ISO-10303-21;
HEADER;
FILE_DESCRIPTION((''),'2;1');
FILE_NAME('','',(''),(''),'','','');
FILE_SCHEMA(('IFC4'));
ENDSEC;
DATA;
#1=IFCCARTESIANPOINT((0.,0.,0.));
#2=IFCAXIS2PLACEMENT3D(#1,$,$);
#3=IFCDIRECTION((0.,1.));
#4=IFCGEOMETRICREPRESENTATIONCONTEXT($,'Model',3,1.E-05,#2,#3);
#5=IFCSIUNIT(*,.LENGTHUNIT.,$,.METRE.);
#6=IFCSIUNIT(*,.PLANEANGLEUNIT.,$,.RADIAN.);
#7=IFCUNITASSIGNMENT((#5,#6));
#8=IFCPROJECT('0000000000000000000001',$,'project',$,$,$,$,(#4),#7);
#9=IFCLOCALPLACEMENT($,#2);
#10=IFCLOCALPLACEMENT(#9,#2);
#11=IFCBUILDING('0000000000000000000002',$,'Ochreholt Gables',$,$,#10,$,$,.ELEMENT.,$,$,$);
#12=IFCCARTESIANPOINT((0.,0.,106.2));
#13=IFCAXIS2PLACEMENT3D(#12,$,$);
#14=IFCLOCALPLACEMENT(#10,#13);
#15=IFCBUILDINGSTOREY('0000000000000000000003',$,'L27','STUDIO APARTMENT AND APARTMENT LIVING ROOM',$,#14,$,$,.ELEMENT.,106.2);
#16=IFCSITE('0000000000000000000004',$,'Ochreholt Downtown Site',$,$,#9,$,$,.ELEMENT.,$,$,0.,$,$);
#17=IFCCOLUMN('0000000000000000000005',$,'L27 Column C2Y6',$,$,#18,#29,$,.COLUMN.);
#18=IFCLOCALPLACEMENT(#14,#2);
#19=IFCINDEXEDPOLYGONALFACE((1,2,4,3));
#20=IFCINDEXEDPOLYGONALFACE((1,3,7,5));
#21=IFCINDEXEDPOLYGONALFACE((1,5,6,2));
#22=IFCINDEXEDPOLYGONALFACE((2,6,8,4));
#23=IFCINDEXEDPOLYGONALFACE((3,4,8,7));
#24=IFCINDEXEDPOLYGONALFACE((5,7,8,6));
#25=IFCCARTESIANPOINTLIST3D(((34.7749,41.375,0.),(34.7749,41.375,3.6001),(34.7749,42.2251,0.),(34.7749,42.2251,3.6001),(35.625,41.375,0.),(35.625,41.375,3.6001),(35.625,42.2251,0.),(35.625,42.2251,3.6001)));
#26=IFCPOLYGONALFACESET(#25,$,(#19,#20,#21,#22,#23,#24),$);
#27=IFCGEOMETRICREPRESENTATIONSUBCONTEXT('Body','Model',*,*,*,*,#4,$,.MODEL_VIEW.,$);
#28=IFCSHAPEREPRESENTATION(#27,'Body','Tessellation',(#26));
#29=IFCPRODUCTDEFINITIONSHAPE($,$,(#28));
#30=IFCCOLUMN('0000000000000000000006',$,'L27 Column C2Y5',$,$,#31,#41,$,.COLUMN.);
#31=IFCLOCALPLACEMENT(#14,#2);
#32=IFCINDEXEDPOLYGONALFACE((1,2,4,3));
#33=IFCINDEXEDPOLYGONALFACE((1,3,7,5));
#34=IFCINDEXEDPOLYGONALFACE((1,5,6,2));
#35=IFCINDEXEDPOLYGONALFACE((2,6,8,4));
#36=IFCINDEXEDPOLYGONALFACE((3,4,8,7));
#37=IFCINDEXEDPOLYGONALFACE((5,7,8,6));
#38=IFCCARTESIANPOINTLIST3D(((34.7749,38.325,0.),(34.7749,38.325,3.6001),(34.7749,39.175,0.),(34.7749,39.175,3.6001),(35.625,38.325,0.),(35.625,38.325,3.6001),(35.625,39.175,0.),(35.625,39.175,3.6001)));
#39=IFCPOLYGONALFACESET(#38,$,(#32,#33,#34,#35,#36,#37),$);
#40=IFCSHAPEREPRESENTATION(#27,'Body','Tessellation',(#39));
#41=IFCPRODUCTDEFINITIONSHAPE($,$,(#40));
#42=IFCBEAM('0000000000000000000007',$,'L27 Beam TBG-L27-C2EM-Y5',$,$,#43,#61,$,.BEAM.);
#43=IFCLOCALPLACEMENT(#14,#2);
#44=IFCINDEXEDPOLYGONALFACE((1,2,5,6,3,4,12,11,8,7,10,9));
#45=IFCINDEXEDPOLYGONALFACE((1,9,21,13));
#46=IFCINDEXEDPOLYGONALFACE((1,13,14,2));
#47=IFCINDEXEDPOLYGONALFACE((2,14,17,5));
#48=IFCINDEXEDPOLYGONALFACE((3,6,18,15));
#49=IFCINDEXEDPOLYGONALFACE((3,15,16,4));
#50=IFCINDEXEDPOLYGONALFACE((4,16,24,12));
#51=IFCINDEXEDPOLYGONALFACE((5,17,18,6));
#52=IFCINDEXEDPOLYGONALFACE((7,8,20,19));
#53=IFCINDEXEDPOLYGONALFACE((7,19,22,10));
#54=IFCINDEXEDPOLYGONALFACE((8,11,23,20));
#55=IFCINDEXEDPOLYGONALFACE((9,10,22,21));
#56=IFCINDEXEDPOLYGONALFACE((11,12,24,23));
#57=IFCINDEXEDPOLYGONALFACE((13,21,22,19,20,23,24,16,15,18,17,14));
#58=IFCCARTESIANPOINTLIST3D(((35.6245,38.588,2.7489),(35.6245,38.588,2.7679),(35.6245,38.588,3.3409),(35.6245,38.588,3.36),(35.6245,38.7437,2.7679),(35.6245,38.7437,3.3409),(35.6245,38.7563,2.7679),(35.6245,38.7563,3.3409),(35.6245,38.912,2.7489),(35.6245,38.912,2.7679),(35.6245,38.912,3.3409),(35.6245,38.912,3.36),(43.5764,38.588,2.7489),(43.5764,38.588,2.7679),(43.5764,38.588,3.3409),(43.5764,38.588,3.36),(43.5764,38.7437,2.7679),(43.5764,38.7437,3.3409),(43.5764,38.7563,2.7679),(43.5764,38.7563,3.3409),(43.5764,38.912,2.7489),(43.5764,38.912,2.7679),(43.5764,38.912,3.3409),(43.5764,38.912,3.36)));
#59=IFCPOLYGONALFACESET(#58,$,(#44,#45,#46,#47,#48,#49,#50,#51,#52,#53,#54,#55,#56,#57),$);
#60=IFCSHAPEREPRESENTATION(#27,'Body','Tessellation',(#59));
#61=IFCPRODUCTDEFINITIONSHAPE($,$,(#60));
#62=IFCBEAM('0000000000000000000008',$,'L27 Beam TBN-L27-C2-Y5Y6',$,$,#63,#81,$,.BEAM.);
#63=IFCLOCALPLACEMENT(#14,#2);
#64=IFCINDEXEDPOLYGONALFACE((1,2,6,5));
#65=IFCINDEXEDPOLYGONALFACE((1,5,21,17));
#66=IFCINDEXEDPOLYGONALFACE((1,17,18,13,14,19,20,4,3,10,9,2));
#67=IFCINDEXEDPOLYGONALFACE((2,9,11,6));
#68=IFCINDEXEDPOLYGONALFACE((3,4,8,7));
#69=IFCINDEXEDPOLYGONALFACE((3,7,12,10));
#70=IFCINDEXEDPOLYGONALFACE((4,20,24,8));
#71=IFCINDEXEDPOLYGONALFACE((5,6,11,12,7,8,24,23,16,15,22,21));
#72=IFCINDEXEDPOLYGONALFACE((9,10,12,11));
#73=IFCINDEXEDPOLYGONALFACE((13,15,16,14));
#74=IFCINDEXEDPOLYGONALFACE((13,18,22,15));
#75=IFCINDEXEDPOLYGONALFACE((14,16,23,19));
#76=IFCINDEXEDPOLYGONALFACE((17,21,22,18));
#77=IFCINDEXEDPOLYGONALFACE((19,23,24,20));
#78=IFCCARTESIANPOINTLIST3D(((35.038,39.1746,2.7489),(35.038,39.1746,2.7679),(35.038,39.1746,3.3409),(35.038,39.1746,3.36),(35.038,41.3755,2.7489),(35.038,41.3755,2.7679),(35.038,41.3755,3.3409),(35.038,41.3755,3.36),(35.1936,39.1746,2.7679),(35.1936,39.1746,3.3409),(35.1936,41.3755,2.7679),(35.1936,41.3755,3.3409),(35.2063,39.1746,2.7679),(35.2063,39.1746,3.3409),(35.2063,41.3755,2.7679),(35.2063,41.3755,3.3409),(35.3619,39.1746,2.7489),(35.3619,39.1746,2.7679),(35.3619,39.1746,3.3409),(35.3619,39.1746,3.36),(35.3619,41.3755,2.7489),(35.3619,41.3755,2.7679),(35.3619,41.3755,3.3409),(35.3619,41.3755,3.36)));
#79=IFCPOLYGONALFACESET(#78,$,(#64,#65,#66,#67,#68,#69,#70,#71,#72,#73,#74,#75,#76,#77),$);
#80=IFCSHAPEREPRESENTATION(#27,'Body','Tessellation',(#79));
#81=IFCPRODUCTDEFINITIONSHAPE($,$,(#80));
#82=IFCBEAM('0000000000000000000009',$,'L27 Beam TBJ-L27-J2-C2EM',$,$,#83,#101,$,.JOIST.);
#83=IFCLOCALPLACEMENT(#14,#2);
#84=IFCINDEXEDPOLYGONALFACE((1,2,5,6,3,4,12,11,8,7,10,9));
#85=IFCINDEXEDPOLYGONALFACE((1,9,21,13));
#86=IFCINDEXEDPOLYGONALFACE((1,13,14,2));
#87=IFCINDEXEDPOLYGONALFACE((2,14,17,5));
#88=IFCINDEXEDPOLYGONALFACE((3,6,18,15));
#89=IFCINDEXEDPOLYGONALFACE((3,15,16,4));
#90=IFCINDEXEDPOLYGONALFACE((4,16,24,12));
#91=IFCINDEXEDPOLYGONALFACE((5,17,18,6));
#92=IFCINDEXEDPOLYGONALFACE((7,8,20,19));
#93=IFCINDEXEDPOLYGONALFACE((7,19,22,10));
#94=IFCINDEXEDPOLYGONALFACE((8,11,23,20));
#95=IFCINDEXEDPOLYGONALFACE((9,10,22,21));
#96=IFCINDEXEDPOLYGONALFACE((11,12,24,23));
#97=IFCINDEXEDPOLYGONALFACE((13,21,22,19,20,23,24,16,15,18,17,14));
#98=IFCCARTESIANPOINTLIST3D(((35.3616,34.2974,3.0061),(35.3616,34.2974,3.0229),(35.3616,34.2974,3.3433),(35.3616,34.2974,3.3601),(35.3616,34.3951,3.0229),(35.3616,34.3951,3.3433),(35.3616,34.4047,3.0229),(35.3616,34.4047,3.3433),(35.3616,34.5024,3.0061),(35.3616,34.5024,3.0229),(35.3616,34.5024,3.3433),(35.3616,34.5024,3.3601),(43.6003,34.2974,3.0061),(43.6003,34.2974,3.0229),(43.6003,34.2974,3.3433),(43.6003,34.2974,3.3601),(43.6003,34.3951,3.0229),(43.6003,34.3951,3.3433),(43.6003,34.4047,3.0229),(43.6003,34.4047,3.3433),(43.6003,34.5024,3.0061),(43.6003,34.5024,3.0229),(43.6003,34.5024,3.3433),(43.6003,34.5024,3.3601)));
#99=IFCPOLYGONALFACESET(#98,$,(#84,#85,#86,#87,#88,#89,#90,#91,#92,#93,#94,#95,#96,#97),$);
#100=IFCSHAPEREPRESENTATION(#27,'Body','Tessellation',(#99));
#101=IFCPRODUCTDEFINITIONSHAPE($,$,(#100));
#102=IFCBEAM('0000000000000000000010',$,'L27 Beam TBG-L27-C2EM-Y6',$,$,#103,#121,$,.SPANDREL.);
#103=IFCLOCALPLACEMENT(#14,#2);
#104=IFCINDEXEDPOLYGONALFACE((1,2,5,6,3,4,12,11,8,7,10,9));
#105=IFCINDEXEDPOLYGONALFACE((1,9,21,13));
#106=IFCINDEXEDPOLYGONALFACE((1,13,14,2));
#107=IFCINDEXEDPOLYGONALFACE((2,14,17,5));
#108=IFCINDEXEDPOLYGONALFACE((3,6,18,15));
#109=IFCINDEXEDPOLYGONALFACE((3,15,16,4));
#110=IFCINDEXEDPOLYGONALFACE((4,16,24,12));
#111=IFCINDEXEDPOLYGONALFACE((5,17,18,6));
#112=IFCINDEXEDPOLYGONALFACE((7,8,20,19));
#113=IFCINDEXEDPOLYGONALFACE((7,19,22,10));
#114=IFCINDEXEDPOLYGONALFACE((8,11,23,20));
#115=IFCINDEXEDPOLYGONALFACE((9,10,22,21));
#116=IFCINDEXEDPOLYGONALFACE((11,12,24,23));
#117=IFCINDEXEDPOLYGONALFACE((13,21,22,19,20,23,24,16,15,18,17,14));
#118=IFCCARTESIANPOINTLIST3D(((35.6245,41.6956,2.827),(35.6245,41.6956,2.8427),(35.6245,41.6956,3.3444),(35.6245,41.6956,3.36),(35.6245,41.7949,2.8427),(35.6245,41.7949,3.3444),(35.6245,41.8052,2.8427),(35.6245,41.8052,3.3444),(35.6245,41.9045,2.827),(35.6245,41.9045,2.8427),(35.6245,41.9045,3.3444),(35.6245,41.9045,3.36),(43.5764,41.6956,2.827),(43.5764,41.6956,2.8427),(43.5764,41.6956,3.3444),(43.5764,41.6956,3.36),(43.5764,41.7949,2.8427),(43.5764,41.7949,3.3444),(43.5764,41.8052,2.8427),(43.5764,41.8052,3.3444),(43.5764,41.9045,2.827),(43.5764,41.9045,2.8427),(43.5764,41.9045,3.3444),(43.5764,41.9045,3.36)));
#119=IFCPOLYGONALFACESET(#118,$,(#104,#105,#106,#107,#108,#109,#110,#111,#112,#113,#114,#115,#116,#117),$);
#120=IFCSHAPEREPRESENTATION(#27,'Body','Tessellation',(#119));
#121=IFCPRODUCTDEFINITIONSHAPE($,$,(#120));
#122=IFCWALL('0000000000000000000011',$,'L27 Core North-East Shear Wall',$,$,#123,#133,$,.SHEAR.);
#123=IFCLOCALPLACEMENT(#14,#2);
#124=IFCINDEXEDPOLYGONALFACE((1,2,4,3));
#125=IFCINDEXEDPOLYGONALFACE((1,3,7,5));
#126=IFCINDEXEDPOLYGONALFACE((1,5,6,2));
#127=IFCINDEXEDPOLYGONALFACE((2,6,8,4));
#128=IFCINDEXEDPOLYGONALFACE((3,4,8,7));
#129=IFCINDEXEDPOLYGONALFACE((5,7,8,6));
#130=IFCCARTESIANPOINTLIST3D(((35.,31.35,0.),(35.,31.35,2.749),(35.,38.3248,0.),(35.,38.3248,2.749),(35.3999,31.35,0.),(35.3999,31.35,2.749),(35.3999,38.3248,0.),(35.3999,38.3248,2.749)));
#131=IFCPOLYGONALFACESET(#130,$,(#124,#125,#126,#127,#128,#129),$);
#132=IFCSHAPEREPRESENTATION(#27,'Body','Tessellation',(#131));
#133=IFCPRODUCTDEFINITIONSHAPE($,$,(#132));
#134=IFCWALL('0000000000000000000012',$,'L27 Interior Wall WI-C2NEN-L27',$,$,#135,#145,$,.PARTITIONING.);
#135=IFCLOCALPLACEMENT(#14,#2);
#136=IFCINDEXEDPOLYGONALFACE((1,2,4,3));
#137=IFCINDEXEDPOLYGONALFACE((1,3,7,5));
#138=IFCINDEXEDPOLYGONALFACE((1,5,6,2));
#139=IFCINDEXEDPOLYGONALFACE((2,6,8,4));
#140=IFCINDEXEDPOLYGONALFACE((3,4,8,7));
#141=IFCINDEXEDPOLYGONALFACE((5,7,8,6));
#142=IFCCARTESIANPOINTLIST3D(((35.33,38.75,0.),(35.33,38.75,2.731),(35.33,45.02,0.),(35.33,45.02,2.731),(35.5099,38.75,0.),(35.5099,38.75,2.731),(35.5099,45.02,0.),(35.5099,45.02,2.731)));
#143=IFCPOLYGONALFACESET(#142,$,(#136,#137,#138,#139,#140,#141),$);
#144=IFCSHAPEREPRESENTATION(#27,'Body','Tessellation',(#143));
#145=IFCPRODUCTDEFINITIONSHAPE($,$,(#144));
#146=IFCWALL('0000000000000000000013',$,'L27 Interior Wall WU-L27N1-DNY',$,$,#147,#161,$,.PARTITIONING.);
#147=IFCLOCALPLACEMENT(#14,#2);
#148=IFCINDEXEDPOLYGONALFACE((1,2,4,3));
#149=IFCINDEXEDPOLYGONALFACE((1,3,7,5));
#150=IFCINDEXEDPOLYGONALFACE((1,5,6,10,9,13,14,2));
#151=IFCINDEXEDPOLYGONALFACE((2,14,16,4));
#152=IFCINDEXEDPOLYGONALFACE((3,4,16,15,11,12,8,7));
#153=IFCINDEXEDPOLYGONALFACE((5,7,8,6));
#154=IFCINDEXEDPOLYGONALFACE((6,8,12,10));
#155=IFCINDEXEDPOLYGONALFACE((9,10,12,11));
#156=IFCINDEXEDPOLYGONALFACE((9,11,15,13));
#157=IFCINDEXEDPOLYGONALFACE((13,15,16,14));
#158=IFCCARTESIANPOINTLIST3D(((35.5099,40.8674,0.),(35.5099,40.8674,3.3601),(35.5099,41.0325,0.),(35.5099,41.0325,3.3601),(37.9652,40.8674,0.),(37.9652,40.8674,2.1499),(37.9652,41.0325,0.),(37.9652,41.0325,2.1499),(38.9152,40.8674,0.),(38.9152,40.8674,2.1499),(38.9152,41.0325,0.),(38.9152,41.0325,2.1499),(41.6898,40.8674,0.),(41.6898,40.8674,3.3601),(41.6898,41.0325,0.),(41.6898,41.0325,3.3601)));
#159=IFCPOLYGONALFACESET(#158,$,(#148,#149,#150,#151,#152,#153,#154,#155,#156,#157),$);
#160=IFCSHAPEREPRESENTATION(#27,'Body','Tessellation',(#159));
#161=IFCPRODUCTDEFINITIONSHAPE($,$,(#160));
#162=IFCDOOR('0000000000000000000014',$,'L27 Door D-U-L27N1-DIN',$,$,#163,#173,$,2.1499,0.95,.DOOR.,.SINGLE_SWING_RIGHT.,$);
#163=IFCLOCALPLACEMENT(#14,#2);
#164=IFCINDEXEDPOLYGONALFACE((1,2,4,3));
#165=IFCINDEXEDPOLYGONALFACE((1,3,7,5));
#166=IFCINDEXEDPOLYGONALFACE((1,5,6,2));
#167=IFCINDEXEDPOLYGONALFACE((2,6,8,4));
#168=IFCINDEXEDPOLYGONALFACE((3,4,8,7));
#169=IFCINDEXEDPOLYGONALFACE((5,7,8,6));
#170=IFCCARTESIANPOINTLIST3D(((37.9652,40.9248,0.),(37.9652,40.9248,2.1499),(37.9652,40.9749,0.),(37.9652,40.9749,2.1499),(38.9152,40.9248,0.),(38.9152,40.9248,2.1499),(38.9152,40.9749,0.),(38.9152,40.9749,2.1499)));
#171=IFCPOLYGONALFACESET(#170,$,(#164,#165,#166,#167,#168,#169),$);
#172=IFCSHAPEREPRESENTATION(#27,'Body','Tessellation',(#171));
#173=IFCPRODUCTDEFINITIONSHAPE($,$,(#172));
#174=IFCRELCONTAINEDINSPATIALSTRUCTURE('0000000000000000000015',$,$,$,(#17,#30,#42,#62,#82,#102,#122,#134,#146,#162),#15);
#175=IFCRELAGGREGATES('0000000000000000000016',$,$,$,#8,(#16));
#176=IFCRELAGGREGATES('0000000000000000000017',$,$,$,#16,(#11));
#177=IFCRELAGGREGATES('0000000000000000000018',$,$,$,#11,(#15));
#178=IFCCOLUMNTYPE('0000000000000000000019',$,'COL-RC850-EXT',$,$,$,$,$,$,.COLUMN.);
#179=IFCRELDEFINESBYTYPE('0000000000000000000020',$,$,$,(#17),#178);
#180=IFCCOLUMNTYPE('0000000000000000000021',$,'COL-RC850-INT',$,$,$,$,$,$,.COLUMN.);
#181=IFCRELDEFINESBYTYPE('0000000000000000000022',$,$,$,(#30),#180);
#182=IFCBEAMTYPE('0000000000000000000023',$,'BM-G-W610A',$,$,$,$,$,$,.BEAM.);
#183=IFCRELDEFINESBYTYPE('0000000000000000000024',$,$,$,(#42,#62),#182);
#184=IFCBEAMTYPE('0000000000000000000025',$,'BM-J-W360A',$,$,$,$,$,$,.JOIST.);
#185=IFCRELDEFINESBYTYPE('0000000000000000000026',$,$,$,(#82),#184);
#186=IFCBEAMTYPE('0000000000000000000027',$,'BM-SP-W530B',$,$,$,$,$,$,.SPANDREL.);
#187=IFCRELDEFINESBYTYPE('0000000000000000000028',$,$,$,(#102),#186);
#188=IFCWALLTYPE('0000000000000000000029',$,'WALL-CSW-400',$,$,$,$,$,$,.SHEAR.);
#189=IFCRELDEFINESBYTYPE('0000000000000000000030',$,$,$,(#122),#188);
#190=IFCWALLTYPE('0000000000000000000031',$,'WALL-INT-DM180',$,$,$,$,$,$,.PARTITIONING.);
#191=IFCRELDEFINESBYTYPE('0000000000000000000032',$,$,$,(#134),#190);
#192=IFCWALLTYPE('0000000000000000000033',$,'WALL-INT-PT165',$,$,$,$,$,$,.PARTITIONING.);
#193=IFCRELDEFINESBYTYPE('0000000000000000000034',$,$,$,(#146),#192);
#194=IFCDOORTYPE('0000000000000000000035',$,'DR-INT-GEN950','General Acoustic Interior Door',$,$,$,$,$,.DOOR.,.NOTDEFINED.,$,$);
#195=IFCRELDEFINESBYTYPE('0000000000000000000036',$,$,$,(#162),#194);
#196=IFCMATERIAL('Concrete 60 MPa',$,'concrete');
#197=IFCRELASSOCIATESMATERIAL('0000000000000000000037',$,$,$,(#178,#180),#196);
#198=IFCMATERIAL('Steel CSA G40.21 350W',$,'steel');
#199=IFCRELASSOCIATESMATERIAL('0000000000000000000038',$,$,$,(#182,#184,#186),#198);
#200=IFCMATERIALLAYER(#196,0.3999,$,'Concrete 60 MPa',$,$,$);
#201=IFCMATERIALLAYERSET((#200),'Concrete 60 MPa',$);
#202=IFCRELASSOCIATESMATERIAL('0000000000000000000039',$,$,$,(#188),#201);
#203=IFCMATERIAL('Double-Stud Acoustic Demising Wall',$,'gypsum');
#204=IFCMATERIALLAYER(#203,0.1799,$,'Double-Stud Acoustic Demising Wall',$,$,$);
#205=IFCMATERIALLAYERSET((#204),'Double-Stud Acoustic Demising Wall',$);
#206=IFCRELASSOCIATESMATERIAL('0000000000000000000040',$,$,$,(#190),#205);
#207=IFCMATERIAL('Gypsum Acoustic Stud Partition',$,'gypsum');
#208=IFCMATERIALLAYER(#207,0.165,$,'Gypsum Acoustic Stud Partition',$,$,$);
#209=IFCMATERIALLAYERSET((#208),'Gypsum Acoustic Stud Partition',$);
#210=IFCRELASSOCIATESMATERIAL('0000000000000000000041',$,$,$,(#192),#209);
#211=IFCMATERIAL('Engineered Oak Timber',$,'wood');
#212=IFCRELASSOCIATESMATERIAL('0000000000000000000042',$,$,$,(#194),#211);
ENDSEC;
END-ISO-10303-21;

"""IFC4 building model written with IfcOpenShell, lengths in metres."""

from ifc_helpers import new_model, si_unit, direction, frame, frame_2d, origin, origin_2d, place, context, subcontext, project, spatial, rectangle, i_section, extrude, material, layer, layer_set, material_profile, profile_set, type_object, element, fill, save


model = new_model("IFC4")

# Units and contexts
model_context = context("Model", 3, precision=1e-05, world=origin(), true_north=direction((0.0, 1.0)))
body_context = subcontext(model_context, "Body", "Model", "MODEL_VIEW")
ifc_project = project(units=[si_unit("LENGTHUNIT", "METRE"), si_unit("PLANEANGLEUNIT", "RADIAN")], contexts=[model_context])

# Site, building, storey
site_placement = place(None, origin())
site = spatial("IfcSite", under=ifc_project, at=site_placement, Name="Ochreholt Downtown Site", CompositionType="ELEMENT", RefElevation=0.0)
building_placement = place(site_placement, origin())
building = spatial("IfcBuilding", under=site, at=building_placement, Name="Ochreholt Gables", CompositionType="ELEMENT")
storey_placement = place(building_placement, frame((0.0, 0.0, 106.2)))
storey = spatial("IfcBuildingStorey", under=building, at=storey_placement, Name="L27", Description="STUDIO APARTMENT AND APARTMENT LIVING ROOM", CompositionType="ELEMENT", Elevation=106.2)

# Columns
ifc_material_1 = material(Name="Concrete 60 MPa", Category="concrete")
ifc_material_profile_1 = material_profile(ifc_material_1, rectangle(XDim=0.8501, YDim=0.8501, at=origin_2d()), Name="RC850X850")
ifc_profile_set_1 = profile_set([ifc_material_profile_1], Name="Concrete 60 MPa")
column_type_1 = type_object("IfcColumnType", Name="COL-RC850-EXT", PredefinedType="COLUMN", material=ifc_profile_set_1)
column_1_placement = place(storey_placement, frame((35.2, 41.8, 0.0), z_axis=(0.0, 0.0, 1.0), x_axis=(1.0, 0.0, 0.0)))
element("IfcColumn", 1, at=column_1_placement, inside=storey, type_object=column_type_1, Name="L27 Column C2Y6", PredefinedType="COLUMN", context=body_context, shape_type="SweptSolid", body=[
    extrude(rectangle(XDim=0.8501, YDim=0.8501, at=origin_2d()), origin(), (0.0, 0.0, 1.0), 3.6001),
])
ifc_material_profile_2 = material_profile(ifc_material_1, rectangle(XDim=0.8501, YDim=0.8501, at=origin_2d()), Name="RC850X850")
ifc_profile_set_2 = profile_set([ifc_material_profile_2], Name="Concrete 60 MPa")
column_type_2 = type_object("IfcColumnType", Name="COL-RC850-INT", PredefinedType="COLUMN", material=ifc_profile_set_2)
column_2_placement = place(storey_placement, frame((35.2, 38.75, 0.0), z_axis=(0.0, 0.0, 1.0), x_axis=(1.0, 0.0, 0.0)))
element("IfcColumn", 2, at=column_2_placement, inside=storey, type_object=column_type_2, Name="L27 Column C2Y5", PredefinedType="COLUMN", context=body_context, shape_type="SweptSolid", body=[
    extrude(rectangle(XDim=0.8501, YDim=0.8501, at=origin_2d()), origin(), (0.0, 0.0, 1.0), 3.6001),
])

# Beams
ifc_material_2 = material(Name="Steel CSA G40.21 350W", Category="steel")
ifc_material_profile_3 = material_profile(ifc_material_2, i_section(OverallWidth=0.324, OverallDepth=0.6111, WebThickness=0.0127, FlangeThickness=0.019, at=origin_2d()), Name="W610X155")
ifc_profile_set_3 = profile_set([ifc_material_profile_3], Name="Steel CSA G40.21 350W")
beam_type_1 = type_object("IfcBeamType", Name="BM-G-W610A", PredefinedType="BEAM", material=ifc_profile_set_3)
beam_1_placement = place(storey_placement, frame((35.6245, 38.75, 3.0544), z_axis=(1.0, 0.0, 0.0), x_axis=(0.0, 1.0, 0.0)))
element("IfcBeam", 3, at=beam_1_placement, inside=storey, type_object=beam_type_1, Name="L27 Beam TBG-L27-C2EM-Y5", PredefinedType="BEAM", context=body_context, shape_type="SweptSolid", body=[
    extrude(i_section(OverallWidth=0.324, OverallDepth=0.6111, WebThickness=0.0127, FlangeThickness=0.019, at=origin_2d()), origin(), (0.0, 0.0, 1.0), 7.9519),
])
beam_2_placement = place(storey_placement, frame((35.2, 39.1746, 3.0544), z_axis=(0.0, 1.0, 0.0), x_axis=(-1.0, 0.0, 0.0)))
element("IfcBeam", 4, at=beam_2_placement, inside=storey, type_object=beam_type_1, Name="L27 Beam TBN-L27-C2-Y5Y6", PredefinedType="BEAM", context=body_context, shape_type="SweptSolid", body=[
    extrude(i_section(OverallWidth=0.324, OverallDepth=0.6111, WebThickness=0.0127, FlangeThickness=0.019, at=origin_2d()), origin(), (0.0, 0.0, 1.0), 2.2009),
])
ifc_material_profile_4 = material_profile(ifc_material_2, i_section(OverallWidth=0.2051, OverallDepth=0.354, WebThickness=0.0095, FlangeThickness=0.0168, at=origin_2d()), Name="W360X79")
ifc_profile_set_4 = profile_set([ifc_material_profile_4], Name="Steel CSA G40.21 350W")
beam_type_2 = type_object("IfcBeamType", Name="BM-J-W360A", PredefinedType="JOIST", material=ifc_profile_set_4)
beam_3_placement = place(storey_placement, frame((35.3616, 34.3999, 3.1831), z_axis=(1.0, 0.0, 0.0), x_axis=(0.0, 1.0, 0.0)))
element("IfcBeam", 5, at=beam_3_placement, inside=storey, type_object=beam_type_2, Name="L27 Beam TBJ-L27-J2-C2EM", PredefinedType="JOIST", context=body_context, shape_type="SweptSolid", body=[
    extrude(i_section(OverallWidth=0.2051, OverallDepth=0.354, WebThickness=0.0095, FlangeThickness=0.0168, at=origin_2d()), origin(), (0.0, 0.0, 1.0), 8.2388),
])
ifc_material_profile_5 = material_profile(ifc_material_2, i_section(OverallWidth=0.209, OverallDepth=0.533, WebThickness=0.0103, FlangeThickness=0.0156, at=origin_2d()), Name="W530X92")
ifc_profile_set_5 = profile_set([ifc_material_profile_5], Name="Steel CSA G40.21 350W")
beam_type_3 = type_object("IfcBeamType", Name="BM-SP-W530B", PredefinedType="SPANDREL", material=ifc_profile_set_5)
beam_4_placement = place(storey_placement, frame((35.6245, 41.8, 3.0935), z_axis=(1.0, 0.0, 0.0), x_axis=(0.0, 1.0, 0.0)))
element("IfcBeam", 6, at=beam_4_placement, inside=storey, type_object=beam_type_3, Name="L27 Beam TBG-L27-C2EM-Y6", PredefinedType="SPANDREL", context=body_context, shape_type="SweptSolid", body=[
    extrude(i_section(OverallWidth=0.209, OverallDepth=0.533, WebThickness=0.0103, FlangeThickness=0.0156, at=origin_2d()), origin(), (0.0, 0.0, 1.0), 7.9519),
])

# Walls
ifc_layer_1 = layer(ifc_material_1, 0.3999, Name="Concrete 60 MPa")
ifc_layer_set_1 = layer_set([ifc_layer_1], Name="Concrete 60 MPa")
wall_type_1 = type_object("IfcWallType", Name="WALL-CSW-400", PredefinedType="SHEAR", material=ifc_layer_set_1)
wall_1_placement = place(storey_placement, frame((35.2, 31.3501, 0.0), z_axis=(0.0, 0.0, 1.0), x_axis=(0.0, 1.0, 0.0)))
element("IfcWall", 7, at=wall_1_placement, inside=storey, type_object=wall_type_1, Name="L27 Core North-East Shear Wall", PredefinedType="SHEAR", context=body_context, shape_type="SweptSolid", body=[
    extrude(rectangle(XDim=6.9749, YDim=0.3999, at=frame_2d((3.4873, 0.0))), origin(), (0.0, 0.0, 1.0), 2.749),
])
ifc_material_3 = material(Name="Double-Stud Acoustic Demising Wall", Category="gypsum")
ifc_layer_2 = layer(ifc_material_3, 0.1799, Name="Double-Stud Acoustic Demising Wall")
ifc_layer_set_2 = layer_set([ifc_layer_2], Name="Double-Stud Acoustic Demising Wall")
wall_type_2 = type_object("IfcWallType", Name="WALL-INT-DM180", PredefinedType="PARTITIONING", material=ifc_layer_set_2)
wall_2_placement = place(storey_placement, frame((35.4199, 38.75, 0.0), z_axis=(0.0, 0.0, 1.0), x_axis=(0.0, 1.0, 0.0)))
element("IfcWall", 8, at=wall_2_placement, inside=storey, type_object=wall_type_2, Name="L27 Interior Wall WI-C2NEN-L27", PredefinedType="PARTITIONING", context=body_context, shape_type="SweptSolid", body=[
    extrude(rectangle(XDim=6.27, YDim=0.1799, at=frame_2d((3.135, 0.0))), origin(), (0.0, 0.0, 1.0), 2.731),
])

# Shared definitions
ifc_material_4 = material(Name="Engineered Oak Timber", Category="wood")

# Wall, opening, door
ifc_material_5 = material(Name="Gypsum Acoustic Stud Partition", Category="gypsum")
ifc_layer_3 = layer(ifc_material_5, 0.165, Name="Gypsum Acoustic Stud Partition")
ifc_layer_set_3 = layer_set([ifc_layer_3], Name="Gypsum Acoustic Stud Partition")
wall_type_3 = type_object("IfcWallType", Name="WALL-INT-PT165", PredefinedType="PARTITIONING", material=ifc_layer_set_3)
wall_3_placement = place(storey_placement, frame((35.51, 40.95, 0.0), z_axis=(0.0, 0.0, 1.0), x_axis=(1.0, 0.0, 0.0)))
wall_3 = element("IfcWall", 9, at=wall_3_placement, inside=storey, type_object=wall_type_3, Name="L27 Interior Wall WU-L27N1-DNY", PredefinedType="PARTITIONING", context=body_context, shape_type="SweptSolid", body=[
    extrude(rectangle(XDim=6.1799, YDim=0.165, at=frame_2d((3.0898, 0.0))), origin(), (0.0, 0.0, 1.0), 3.3601),
])
opening_1_placement = place(wall_3_placement, frame((2.4551, 0.0, 0.0)))
opening_1 = element("IfcOpeningElement", 10, at=opening_1_placement, cuts=wall_3, PredefinedType="OPENING", context=body_context, shape_type="SweptSolid", body=[
    extrude(rectangle(XDim=0.95, YDim=2.1499, at=frame_2d((0.4751, 1.075))), frame((0.0, 0.0925, 0.0), z_axis=(0.0, -1.0, 0.0), x_axis=(1.0, 0.0, 0.0)), (0.0, 0.0, 1.0), 0.1851),
])
door_type_1 = type_object("IfcDoorType", Name="DR-INT-GEN950", Description="General Acoustic Interior Door", OperationType="NOTDEFINED", PredefinedType="DOOR", material=ifc_material_4)
door_1_placement = place(opening_1_placement, origin())
door_1 = element("IfcDoor", 11, at=door_1_placement, inside=storey, type_object=door_type_1, Name="L27 Door D-U-L27N1-DIN", OperationType="SINGLE_SWING_RIGHT", OverallHeight=2.1499, OverallWidth=0.95, PredefinedType="DOOR", context=body_context, shape_type="SweptSolid", body=[
    extrude(rectangle(XDim=0.95, YDim=2.1499, at=frame_2d((0.4751, 1.075))), frame((0.0, 0.0249, 0.0), z_axis=(0.0, -1.0, 0.0), x_axis=(1.0, 0.0, 0.0)), (0.0, 0.0, 1.0), 0.05),
])
fill(opening_1, door_1)

save(model, "model.ifc")
